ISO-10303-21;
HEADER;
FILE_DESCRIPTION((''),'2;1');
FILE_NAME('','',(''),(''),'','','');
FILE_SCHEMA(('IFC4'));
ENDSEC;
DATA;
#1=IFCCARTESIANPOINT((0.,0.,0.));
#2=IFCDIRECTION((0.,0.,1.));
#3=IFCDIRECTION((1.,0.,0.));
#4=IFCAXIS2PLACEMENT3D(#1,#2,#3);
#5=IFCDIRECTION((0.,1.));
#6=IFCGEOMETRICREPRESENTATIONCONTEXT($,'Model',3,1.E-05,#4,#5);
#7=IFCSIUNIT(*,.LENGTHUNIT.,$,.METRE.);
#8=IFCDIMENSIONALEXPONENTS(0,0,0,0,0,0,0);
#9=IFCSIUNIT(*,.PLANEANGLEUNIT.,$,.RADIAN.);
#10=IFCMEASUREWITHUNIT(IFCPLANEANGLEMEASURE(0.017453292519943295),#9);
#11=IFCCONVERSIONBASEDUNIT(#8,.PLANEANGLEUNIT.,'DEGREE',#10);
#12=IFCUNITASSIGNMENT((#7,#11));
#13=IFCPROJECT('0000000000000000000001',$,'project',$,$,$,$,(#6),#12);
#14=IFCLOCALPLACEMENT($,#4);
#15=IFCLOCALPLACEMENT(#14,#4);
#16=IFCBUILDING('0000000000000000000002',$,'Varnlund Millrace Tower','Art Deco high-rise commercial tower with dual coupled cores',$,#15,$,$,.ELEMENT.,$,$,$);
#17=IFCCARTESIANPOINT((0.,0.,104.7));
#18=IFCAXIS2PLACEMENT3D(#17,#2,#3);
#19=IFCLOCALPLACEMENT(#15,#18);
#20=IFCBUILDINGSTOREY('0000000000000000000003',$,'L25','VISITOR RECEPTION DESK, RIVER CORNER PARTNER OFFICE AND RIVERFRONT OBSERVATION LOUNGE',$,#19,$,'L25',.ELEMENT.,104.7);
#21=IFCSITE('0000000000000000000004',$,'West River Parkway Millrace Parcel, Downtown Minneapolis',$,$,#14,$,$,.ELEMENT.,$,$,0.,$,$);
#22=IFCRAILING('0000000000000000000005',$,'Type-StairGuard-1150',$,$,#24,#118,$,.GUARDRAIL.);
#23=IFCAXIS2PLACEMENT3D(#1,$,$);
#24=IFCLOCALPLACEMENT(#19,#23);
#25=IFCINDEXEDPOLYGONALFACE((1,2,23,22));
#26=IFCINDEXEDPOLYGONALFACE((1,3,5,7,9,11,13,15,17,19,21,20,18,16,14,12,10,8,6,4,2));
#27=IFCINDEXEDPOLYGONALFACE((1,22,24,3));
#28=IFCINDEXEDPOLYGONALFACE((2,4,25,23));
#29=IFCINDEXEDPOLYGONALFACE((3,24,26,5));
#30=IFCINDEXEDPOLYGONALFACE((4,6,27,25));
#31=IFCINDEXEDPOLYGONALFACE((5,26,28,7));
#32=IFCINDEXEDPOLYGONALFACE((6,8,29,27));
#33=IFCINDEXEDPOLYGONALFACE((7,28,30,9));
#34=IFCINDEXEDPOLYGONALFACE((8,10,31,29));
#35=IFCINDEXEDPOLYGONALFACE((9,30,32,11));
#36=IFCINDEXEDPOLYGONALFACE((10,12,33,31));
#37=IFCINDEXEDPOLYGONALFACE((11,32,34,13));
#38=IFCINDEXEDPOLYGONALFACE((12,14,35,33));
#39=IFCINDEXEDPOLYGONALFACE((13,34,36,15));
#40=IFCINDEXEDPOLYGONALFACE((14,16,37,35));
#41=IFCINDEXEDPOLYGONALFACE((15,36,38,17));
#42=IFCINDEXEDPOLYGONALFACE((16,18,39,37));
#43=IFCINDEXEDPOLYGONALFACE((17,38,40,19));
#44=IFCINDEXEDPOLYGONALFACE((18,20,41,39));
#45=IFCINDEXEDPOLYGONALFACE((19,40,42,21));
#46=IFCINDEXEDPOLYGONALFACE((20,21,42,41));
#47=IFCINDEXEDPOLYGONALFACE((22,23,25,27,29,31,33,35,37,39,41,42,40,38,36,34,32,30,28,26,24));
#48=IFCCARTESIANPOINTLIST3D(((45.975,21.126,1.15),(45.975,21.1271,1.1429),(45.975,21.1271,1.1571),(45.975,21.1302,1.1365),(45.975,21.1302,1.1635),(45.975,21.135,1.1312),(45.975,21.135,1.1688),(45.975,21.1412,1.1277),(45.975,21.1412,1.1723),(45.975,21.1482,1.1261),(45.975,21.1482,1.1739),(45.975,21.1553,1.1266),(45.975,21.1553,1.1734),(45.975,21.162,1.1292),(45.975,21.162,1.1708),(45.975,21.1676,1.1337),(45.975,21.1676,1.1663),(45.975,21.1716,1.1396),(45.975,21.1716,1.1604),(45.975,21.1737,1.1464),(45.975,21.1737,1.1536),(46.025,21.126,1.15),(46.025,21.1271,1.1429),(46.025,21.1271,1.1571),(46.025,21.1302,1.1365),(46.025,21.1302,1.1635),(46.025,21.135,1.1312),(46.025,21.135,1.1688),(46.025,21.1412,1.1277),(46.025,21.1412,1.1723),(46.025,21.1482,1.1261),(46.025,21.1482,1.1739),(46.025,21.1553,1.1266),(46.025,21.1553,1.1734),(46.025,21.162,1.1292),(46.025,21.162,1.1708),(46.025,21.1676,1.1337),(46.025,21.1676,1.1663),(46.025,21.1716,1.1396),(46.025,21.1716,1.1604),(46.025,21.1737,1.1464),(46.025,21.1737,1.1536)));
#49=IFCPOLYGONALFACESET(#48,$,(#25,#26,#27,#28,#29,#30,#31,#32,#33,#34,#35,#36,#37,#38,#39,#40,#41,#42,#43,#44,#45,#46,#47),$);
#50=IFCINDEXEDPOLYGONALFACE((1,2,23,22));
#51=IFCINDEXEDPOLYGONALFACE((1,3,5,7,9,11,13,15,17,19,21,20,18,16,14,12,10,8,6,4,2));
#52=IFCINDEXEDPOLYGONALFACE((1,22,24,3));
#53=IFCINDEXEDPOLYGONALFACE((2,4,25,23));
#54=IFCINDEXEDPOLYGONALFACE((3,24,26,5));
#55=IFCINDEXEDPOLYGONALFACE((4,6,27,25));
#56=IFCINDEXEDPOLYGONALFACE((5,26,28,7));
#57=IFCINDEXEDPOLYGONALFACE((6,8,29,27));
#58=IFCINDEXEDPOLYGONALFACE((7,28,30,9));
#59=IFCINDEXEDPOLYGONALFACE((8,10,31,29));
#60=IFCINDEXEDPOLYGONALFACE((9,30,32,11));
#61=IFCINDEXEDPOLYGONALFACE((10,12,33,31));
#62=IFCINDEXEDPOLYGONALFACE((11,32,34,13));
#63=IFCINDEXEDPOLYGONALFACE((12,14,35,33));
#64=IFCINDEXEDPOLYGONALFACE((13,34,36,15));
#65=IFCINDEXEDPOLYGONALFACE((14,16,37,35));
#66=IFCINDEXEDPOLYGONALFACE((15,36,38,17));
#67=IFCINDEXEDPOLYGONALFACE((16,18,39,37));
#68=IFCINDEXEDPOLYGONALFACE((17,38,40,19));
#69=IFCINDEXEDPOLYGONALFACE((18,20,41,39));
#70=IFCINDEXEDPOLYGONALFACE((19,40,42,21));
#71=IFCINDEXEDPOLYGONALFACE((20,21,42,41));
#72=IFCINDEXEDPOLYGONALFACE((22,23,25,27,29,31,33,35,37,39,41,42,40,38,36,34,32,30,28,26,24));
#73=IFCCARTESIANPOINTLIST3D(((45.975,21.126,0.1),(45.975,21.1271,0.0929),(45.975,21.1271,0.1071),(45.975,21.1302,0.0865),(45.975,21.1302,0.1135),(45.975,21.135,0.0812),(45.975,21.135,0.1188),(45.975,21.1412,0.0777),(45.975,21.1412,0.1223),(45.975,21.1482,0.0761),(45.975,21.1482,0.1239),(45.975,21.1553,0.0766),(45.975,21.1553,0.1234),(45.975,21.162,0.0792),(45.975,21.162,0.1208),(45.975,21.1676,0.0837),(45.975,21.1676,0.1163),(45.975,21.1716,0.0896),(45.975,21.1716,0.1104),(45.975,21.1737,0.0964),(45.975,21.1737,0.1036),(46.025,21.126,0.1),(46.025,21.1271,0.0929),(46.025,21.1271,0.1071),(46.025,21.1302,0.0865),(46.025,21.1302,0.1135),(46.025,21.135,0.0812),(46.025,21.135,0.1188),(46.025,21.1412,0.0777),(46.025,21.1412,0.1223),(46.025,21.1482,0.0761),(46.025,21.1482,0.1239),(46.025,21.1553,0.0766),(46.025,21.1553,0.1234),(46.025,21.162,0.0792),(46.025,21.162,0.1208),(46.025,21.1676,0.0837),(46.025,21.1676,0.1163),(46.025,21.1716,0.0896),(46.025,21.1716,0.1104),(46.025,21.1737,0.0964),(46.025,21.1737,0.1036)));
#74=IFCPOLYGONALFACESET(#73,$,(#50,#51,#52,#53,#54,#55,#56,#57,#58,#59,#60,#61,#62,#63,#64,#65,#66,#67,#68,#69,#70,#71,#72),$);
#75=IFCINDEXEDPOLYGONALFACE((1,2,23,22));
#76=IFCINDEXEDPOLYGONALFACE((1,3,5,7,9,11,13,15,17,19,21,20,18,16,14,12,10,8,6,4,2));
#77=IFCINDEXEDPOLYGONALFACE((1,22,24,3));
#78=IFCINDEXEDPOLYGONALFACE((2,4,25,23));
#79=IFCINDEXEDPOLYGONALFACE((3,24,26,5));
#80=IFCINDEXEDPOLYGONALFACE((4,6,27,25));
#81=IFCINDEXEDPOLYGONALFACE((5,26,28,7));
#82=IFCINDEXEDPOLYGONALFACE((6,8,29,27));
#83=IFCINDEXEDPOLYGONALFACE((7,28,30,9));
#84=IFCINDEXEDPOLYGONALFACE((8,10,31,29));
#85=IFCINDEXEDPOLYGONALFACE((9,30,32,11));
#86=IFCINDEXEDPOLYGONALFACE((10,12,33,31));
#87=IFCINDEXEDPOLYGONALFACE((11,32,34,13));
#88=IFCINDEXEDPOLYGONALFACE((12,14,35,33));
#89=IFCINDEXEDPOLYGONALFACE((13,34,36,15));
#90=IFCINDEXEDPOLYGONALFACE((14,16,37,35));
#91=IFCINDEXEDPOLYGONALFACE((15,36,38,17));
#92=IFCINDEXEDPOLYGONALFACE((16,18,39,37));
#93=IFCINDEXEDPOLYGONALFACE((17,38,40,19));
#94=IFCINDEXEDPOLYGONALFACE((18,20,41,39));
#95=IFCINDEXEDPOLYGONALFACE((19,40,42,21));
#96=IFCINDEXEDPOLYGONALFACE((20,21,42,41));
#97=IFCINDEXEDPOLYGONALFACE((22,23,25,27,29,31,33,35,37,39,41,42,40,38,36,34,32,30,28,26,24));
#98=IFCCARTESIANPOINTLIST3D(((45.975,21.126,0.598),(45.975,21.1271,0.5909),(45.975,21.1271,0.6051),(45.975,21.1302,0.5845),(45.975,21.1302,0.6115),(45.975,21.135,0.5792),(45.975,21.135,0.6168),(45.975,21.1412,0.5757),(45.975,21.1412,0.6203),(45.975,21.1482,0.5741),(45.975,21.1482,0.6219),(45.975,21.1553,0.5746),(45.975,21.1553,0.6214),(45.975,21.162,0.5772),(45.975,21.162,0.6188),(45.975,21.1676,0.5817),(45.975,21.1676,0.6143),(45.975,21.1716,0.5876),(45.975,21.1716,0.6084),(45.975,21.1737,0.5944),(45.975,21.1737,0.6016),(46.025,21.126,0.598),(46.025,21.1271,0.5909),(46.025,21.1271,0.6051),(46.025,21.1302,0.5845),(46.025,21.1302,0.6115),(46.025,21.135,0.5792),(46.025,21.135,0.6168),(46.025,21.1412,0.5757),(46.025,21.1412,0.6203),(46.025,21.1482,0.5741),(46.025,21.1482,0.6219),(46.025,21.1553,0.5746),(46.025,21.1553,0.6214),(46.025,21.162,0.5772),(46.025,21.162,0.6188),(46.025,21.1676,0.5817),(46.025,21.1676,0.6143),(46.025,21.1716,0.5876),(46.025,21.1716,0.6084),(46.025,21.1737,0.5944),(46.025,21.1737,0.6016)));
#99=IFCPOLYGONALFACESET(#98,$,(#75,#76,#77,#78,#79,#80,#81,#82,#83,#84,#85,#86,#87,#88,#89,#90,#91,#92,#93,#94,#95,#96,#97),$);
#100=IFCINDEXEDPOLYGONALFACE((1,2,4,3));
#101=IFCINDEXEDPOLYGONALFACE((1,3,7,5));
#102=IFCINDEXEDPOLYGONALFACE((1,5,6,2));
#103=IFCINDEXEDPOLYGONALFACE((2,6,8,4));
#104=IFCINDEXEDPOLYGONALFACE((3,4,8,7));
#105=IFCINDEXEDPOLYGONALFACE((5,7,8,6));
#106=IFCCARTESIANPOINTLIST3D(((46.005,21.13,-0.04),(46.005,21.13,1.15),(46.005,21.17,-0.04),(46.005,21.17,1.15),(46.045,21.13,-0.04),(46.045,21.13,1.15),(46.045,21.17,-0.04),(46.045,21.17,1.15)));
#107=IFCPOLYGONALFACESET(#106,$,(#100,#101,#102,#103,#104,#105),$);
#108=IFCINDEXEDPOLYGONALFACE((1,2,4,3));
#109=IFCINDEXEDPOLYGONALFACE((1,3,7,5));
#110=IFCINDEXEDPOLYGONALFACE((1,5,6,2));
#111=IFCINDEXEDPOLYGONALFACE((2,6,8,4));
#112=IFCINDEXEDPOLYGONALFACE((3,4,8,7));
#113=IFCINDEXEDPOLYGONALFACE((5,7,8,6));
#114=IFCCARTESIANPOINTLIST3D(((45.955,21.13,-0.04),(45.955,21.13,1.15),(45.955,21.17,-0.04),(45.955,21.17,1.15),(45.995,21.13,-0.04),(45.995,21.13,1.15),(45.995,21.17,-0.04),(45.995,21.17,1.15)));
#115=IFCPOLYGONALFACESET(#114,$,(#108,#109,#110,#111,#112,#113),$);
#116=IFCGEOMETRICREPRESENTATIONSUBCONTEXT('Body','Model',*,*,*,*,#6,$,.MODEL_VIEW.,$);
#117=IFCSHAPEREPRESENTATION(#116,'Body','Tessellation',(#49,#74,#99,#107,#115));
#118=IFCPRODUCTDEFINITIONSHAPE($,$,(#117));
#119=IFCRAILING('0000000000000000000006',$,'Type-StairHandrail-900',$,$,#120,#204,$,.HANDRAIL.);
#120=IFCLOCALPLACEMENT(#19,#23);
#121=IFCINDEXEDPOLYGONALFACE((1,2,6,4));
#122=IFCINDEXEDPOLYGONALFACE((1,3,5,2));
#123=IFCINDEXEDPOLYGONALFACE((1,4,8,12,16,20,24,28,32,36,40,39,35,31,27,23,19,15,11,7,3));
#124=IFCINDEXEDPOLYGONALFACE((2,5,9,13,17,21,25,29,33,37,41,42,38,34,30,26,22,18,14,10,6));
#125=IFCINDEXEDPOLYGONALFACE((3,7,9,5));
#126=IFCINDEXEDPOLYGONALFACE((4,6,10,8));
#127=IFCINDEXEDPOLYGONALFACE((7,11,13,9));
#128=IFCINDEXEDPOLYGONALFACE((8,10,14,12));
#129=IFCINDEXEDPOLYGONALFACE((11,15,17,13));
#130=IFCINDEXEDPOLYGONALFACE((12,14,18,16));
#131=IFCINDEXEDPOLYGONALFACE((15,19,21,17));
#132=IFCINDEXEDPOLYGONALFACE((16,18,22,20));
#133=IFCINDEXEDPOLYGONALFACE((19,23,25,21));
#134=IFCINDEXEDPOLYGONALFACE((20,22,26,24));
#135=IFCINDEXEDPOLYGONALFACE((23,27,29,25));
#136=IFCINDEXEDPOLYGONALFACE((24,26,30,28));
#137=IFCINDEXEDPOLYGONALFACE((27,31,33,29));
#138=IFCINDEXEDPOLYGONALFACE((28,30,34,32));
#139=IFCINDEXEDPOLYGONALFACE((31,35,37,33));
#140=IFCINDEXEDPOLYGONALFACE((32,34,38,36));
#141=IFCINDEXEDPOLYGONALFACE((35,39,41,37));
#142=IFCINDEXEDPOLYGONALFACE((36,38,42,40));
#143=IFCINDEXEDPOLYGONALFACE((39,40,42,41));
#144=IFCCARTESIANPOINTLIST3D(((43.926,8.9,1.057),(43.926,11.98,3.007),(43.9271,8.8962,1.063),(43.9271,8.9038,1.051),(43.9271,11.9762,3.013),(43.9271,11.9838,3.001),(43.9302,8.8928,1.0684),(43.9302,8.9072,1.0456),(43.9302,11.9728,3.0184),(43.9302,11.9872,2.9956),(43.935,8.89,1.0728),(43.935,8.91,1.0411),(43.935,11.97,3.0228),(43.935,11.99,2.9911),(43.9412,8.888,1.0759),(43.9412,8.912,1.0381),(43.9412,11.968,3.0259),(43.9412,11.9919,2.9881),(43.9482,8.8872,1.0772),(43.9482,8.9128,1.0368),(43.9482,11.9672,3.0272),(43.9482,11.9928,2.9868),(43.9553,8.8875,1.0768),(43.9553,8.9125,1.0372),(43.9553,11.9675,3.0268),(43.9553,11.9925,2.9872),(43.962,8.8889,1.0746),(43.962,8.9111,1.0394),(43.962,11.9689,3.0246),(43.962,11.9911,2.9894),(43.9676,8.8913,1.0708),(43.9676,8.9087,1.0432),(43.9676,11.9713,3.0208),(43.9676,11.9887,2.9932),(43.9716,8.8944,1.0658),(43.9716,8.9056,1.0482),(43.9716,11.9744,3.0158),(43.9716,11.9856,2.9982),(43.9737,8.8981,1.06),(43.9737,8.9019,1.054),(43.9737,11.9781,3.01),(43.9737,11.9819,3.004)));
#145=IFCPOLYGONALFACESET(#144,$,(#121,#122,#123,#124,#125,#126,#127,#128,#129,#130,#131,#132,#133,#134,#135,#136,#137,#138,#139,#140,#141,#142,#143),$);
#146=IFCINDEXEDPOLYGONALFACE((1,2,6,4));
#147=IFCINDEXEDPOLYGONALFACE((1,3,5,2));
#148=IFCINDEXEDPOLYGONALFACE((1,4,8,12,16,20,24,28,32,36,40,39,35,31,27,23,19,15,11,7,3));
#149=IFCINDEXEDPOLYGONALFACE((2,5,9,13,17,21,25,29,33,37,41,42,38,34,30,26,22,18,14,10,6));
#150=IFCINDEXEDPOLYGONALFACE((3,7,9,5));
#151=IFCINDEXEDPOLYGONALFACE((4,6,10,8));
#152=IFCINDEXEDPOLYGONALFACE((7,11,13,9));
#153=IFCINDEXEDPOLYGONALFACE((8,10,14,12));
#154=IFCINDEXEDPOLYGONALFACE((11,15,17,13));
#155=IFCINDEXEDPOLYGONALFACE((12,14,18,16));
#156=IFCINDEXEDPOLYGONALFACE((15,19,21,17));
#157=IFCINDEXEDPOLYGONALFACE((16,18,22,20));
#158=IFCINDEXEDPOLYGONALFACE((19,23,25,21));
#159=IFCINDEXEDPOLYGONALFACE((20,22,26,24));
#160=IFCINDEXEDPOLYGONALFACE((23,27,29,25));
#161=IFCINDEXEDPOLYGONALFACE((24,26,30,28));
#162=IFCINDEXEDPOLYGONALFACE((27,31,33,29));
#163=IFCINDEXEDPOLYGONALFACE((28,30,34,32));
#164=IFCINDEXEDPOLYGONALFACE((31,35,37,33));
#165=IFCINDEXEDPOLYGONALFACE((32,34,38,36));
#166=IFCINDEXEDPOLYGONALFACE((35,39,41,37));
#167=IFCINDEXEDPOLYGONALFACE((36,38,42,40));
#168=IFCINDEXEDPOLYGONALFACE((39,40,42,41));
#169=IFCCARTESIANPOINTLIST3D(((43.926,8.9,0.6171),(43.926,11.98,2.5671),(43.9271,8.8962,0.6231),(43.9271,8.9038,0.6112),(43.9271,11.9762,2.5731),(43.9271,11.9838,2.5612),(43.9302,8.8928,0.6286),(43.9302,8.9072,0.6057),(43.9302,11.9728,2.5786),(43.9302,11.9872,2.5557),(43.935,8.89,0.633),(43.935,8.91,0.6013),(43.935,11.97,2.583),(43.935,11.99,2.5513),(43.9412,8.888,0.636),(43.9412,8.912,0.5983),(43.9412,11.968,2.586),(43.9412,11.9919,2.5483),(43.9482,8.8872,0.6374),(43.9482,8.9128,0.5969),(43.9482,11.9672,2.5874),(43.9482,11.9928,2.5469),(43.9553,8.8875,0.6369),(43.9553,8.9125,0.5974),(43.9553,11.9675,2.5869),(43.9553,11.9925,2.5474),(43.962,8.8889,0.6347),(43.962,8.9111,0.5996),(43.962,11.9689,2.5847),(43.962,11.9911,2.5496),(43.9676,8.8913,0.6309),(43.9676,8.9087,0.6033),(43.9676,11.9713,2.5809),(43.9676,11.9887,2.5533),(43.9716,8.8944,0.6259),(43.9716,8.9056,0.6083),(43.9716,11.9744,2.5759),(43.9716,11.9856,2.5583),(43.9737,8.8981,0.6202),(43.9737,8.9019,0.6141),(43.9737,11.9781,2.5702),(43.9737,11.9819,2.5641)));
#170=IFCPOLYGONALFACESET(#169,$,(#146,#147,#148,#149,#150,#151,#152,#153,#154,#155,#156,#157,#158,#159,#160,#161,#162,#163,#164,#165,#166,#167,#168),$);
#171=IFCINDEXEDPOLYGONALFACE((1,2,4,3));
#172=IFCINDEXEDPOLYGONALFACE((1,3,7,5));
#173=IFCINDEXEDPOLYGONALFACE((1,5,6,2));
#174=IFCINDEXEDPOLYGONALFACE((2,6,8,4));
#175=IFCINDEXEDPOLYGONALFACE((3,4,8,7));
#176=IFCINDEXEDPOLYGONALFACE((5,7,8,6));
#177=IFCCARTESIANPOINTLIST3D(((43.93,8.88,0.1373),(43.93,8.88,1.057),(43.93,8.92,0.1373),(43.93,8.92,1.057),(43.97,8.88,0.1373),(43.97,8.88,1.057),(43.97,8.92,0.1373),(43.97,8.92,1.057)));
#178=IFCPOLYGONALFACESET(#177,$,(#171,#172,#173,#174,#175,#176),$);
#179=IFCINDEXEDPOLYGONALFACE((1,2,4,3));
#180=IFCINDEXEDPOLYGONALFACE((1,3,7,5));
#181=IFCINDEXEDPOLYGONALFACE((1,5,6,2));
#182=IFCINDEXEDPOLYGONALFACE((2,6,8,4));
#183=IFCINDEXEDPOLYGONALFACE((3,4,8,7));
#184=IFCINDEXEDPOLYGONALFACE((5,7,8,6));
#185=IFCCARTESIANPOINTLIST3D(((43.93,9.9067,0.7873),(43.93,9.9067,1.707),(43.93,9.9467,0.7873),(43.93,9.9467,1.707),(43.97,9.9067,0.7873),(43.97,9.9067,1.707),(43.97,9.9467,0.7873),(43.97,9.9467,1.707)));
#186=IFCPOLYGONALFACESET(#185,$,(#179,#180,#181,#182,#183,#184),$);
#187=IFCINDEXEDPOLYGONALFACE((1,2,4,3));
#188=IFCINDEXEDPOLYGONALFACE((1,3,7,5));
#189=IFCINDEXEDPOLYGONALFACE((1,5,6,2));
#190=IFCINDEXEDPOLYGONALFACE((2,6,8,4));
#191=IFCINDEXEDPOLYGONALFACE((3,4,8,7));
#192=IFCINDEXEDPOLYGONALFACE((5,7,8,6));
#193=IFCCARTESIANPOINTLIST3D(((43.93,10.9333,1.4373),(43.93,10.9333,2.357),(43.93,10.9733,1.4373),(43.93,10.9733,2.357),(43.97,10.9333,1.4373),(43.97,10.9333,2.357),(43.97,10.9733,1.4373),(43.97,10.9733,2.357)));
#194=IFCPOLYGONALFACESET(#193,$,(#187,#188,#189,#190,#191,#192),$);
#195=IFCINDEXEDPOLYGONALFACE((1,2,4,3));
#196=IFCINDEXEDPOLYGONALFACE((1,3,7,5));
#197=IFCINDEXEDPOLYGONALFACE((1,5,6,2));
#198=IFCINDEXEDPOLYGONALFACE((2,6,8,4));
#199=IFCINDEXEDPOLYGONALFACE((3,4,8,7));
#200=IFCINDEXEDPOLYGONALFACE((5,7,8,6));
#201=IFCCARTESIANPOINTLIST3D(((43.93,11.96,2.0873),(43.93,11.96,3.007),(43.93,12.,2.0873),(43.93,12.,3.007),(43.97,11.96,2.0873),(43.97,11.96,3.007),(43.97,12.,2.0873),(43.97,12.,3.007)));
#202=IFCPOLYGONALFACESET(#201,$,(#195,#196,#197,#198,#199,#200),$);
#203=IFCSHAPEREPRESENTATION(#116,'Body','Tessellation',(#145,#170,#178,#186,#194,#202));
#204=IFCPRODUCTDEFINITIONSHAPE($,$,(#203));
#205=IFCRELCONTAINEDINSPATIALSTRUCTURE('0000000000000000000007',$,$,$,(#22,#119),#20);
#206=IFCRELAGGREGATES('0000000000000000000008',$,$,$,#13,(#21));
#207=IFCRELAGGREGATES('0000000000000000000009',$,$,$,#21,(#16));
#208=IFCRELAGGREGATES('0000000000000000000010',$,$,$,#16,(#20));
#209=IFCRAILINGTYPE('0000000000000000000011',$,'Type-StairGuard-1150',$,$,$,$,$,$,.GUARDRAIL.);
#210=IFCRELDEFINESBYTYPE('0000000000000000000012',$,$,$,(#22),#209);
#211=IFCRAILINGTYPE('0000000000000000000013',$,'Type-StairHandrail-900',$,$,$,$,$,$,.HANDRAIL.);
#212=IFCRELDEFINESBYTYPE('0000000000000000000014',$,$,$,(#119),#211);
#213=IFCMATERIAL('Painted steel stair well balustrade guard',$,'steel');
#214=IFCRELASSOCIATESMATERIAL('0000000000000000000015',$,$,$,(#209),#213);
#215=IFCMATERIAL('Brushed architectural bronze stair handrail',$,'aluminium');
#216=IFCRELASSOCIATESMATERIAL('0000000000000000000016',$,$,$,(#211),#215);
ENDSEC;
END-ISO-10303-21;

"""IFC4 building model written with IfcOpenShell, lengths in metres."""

from ifc_helpers import new_model, entity, si_unit, converted_unit, direction, frame, origin_with_axes, origin_2d_with_axis, place, context, subcontext, project, spatial, rectangle, circle, extrude, material, type_object, element, save


model = new_model("IFC4")

# Units and contexts
model_context = context("Model", 3, precision=1e-05, world=origin_with_axes(), true_north=direction((0.0, 1.0)))
body_context = subcontext(model_context, "Body", "Model", "MODEL_VIEW")
ifc_project = project(units=[si_unit("LENGTHUNIT", "METRE"), converted_unit("PLANEANGLEUNIT", "DEGREE", entity("IfcPlaneAngleMeasure", 0.017453292519943295), si_unit("PLANEANGLEUNIT", "RADIAN"), dimensions=[0, 0, 0, 0, 0, 0, 0])], contexts=[model_context])

# Site, building, storey
site_placement = place(None, origin_with_axes())
site = spatial("IfcSite", under=ifc_project, at=site_placement, Name="West River Parkway Millrace Parcel, Downtown Minneapolis", CompositionType="ELEMENT", RefElevation=0.0)
building_placement = place(site_placement, origin_with_axes())
building = spatial("IfcBuilding", under=site, at=building_placement, Name="Varnlund Millrace Tower", Description="Art Deco high-rise commercial tower with dual coupled cores", CompositionType="ELEMENT")
storey_placement = place(building_placement, frame((0.0, 0.0, 104.7), z_axis=(0.0, 0.0, 1.0), x_axis=(1.0, 0.0, 0.0)))
storey = spatial("IfcBuildingStorey", under=building, at=storey_placement, Name="L25", Description="VISITOR RECEPTION DESK, RIVER CORNER PARTNER OFFICE AND RIVERFRONT OBSERVATION LOUNGE", LongName="L25", CompositionType="ELEMENT", Elevation=104.7)

# Railings
ifc_material_1 = material(Name="Painted steel stair well balustrade guard", Category="steel")
railing_type_1 = type_object("IfcRailingType", Name="Type-StairGuard-1150", PredefinedType="GUARDRAIL", material=ifc_material_1)
railing_1_placement = place(storey_placement, frame((0.0, 0.0, -104.7), z_axis=(0.0, 0.0, 1.0), x_axis=(1.0, 0.0, 0.0)))
element("IfcRailing", 1, at=railing_1_placement, inside=storey, type_object=railing_type_1, Name="Type-StairGuard-1150", PredefinedType="GUARDRAIL", context=body_context, shape_type="SweptSolid", body=[
    extrude(circle(Radius=0.024, at=origin_2d_with_axis()), frame((46.025, 21.15, 105.85), z_axis=(-1.0, 0.0, 0.0), x_axis=(0.0, -1.0, 0.0)), (0.0, 0.0, 1.0), 0.05),
    extrude(circle(Radius=0.024, at=origin_2d_with_axis()), frame((46.025, 21.15, 104.8), z_axis=(-1.0, 0.0, 0.0), x_axis=(0.0, -1.0, 0.0)), (0.0, 0.0, 1.0), 0.05),
    extrude(circle(Radius=0.024, at=origin_2d_with_axis()), frame((46.025, 21.15, 105.298), z_axis=(-1.0, 0.0, 0.0), x_axis=(0.0, -1.0, 0.0)), (0.0, 0.0, 1.0), 0.05),
    extrude(rectangle(XDim=0.04, YDim=0.04, at=origin_2d_with_axis()), frame((46.025, 21.15, 104.66), z_axis=(0.0, 0.0, 1.0), x_axis=(1.0, 0.0, 0.0)), (0.0, 0.0, 1.0), 1.19),
    extrude(rectangle(XDim=0.04, YDim=0.04, at=origin_2d_with_axis()), frame((45.975, 21.15, 104.66), z_axis=(0.0, 0.0, 1.0), x_axis=(1.0, 0.0, 0.0)), (0.0, 0.0, 1.0), 1.19),
])
ifc_material_2 = material(Name="Brushed architectural bronze stair handrail", Category="aluminium")
railing_type_2 = type_object("IfcRailingType", Name="Type-StairHandrail-900", PredefinedType="HANDRAIL", material=ifc_material_2)
railing_2_placement = place(storey_placement, frame((0.0, 0.0, -104.7), z_axis=(0.0, 0.0, 1.0), x_axis=(1.0, 0.0, 0.0)))
element("IfcRailing", 2, at=railing_2_placement, inside=storey, type_object=railing_type_2, Name="Type-StairHandrail-900", PredefinedType="HANDRAIL", context=body_context, shape_type="SweptSolid", body=[
    extrude(circle(Radius=0.024, at=origin_2d_with_axis()), frame((43.95, 8.9, 105.757), z_axis=(0.0, 0.844902, 0.534922), x_axis=(-1.0, 0.0, 0.0)), (0.0, 0.0, 1.0), 3.6454),
    extrude(circle(Radius=0.024, at=origin_2d_with_axis()), frame((43.95, 8.9, 105.3171), z_axis=(0.0, 0.844902, 0.534922), x_axis=(-1.0, 0.0, 0.0)), (0.0, 0.0, 1.0), 3.6454),
    extrude(rectangle(XDim=0.04, YDim=0.04, at=origin_2d_with_axis()), frame((43.95, 8.9, 104.8373), z_axis=(0.0, 0.0, 1.0), x_axis=(1.0, 0.0, 0.0)), (0.0, 0.0, 1.0), 0.9197),
    extrude(rectangle(XDim=0.04, YDim=0.04, at=origin_2d_with_axis()), frame((43.95, 9.9267, 105.4873), z_axis=(0.0, 0.0, 1.0), x_axis=(1.0, 0.0, 0.0)), (0.0, 0.0, 1.0), 0.9197),
    extrude(rectangle(XDim=0.04, YDim=0.04, at=origin_2d_with_axis()), frame((43.95, 10.9533, 106.1373), z_axis=(0.0, 0.0, 1.0), x_axis=(1.0, 0.0, 0.0)), (0.0, 0.0, 1.0), 0.9197),
    extrude(rectangle(XDim=0.04, YDim=0.04, at=origin_2d_with_axis()), frame((43.95, 11.98, 106.7873), z_axis=(0.0, 0.0, 1.0), x_axis=(1.0, 0.0, 0.0)), (0.0, 0.0, 1.0), 0.9197),
])

save(model, "model.ifc")
